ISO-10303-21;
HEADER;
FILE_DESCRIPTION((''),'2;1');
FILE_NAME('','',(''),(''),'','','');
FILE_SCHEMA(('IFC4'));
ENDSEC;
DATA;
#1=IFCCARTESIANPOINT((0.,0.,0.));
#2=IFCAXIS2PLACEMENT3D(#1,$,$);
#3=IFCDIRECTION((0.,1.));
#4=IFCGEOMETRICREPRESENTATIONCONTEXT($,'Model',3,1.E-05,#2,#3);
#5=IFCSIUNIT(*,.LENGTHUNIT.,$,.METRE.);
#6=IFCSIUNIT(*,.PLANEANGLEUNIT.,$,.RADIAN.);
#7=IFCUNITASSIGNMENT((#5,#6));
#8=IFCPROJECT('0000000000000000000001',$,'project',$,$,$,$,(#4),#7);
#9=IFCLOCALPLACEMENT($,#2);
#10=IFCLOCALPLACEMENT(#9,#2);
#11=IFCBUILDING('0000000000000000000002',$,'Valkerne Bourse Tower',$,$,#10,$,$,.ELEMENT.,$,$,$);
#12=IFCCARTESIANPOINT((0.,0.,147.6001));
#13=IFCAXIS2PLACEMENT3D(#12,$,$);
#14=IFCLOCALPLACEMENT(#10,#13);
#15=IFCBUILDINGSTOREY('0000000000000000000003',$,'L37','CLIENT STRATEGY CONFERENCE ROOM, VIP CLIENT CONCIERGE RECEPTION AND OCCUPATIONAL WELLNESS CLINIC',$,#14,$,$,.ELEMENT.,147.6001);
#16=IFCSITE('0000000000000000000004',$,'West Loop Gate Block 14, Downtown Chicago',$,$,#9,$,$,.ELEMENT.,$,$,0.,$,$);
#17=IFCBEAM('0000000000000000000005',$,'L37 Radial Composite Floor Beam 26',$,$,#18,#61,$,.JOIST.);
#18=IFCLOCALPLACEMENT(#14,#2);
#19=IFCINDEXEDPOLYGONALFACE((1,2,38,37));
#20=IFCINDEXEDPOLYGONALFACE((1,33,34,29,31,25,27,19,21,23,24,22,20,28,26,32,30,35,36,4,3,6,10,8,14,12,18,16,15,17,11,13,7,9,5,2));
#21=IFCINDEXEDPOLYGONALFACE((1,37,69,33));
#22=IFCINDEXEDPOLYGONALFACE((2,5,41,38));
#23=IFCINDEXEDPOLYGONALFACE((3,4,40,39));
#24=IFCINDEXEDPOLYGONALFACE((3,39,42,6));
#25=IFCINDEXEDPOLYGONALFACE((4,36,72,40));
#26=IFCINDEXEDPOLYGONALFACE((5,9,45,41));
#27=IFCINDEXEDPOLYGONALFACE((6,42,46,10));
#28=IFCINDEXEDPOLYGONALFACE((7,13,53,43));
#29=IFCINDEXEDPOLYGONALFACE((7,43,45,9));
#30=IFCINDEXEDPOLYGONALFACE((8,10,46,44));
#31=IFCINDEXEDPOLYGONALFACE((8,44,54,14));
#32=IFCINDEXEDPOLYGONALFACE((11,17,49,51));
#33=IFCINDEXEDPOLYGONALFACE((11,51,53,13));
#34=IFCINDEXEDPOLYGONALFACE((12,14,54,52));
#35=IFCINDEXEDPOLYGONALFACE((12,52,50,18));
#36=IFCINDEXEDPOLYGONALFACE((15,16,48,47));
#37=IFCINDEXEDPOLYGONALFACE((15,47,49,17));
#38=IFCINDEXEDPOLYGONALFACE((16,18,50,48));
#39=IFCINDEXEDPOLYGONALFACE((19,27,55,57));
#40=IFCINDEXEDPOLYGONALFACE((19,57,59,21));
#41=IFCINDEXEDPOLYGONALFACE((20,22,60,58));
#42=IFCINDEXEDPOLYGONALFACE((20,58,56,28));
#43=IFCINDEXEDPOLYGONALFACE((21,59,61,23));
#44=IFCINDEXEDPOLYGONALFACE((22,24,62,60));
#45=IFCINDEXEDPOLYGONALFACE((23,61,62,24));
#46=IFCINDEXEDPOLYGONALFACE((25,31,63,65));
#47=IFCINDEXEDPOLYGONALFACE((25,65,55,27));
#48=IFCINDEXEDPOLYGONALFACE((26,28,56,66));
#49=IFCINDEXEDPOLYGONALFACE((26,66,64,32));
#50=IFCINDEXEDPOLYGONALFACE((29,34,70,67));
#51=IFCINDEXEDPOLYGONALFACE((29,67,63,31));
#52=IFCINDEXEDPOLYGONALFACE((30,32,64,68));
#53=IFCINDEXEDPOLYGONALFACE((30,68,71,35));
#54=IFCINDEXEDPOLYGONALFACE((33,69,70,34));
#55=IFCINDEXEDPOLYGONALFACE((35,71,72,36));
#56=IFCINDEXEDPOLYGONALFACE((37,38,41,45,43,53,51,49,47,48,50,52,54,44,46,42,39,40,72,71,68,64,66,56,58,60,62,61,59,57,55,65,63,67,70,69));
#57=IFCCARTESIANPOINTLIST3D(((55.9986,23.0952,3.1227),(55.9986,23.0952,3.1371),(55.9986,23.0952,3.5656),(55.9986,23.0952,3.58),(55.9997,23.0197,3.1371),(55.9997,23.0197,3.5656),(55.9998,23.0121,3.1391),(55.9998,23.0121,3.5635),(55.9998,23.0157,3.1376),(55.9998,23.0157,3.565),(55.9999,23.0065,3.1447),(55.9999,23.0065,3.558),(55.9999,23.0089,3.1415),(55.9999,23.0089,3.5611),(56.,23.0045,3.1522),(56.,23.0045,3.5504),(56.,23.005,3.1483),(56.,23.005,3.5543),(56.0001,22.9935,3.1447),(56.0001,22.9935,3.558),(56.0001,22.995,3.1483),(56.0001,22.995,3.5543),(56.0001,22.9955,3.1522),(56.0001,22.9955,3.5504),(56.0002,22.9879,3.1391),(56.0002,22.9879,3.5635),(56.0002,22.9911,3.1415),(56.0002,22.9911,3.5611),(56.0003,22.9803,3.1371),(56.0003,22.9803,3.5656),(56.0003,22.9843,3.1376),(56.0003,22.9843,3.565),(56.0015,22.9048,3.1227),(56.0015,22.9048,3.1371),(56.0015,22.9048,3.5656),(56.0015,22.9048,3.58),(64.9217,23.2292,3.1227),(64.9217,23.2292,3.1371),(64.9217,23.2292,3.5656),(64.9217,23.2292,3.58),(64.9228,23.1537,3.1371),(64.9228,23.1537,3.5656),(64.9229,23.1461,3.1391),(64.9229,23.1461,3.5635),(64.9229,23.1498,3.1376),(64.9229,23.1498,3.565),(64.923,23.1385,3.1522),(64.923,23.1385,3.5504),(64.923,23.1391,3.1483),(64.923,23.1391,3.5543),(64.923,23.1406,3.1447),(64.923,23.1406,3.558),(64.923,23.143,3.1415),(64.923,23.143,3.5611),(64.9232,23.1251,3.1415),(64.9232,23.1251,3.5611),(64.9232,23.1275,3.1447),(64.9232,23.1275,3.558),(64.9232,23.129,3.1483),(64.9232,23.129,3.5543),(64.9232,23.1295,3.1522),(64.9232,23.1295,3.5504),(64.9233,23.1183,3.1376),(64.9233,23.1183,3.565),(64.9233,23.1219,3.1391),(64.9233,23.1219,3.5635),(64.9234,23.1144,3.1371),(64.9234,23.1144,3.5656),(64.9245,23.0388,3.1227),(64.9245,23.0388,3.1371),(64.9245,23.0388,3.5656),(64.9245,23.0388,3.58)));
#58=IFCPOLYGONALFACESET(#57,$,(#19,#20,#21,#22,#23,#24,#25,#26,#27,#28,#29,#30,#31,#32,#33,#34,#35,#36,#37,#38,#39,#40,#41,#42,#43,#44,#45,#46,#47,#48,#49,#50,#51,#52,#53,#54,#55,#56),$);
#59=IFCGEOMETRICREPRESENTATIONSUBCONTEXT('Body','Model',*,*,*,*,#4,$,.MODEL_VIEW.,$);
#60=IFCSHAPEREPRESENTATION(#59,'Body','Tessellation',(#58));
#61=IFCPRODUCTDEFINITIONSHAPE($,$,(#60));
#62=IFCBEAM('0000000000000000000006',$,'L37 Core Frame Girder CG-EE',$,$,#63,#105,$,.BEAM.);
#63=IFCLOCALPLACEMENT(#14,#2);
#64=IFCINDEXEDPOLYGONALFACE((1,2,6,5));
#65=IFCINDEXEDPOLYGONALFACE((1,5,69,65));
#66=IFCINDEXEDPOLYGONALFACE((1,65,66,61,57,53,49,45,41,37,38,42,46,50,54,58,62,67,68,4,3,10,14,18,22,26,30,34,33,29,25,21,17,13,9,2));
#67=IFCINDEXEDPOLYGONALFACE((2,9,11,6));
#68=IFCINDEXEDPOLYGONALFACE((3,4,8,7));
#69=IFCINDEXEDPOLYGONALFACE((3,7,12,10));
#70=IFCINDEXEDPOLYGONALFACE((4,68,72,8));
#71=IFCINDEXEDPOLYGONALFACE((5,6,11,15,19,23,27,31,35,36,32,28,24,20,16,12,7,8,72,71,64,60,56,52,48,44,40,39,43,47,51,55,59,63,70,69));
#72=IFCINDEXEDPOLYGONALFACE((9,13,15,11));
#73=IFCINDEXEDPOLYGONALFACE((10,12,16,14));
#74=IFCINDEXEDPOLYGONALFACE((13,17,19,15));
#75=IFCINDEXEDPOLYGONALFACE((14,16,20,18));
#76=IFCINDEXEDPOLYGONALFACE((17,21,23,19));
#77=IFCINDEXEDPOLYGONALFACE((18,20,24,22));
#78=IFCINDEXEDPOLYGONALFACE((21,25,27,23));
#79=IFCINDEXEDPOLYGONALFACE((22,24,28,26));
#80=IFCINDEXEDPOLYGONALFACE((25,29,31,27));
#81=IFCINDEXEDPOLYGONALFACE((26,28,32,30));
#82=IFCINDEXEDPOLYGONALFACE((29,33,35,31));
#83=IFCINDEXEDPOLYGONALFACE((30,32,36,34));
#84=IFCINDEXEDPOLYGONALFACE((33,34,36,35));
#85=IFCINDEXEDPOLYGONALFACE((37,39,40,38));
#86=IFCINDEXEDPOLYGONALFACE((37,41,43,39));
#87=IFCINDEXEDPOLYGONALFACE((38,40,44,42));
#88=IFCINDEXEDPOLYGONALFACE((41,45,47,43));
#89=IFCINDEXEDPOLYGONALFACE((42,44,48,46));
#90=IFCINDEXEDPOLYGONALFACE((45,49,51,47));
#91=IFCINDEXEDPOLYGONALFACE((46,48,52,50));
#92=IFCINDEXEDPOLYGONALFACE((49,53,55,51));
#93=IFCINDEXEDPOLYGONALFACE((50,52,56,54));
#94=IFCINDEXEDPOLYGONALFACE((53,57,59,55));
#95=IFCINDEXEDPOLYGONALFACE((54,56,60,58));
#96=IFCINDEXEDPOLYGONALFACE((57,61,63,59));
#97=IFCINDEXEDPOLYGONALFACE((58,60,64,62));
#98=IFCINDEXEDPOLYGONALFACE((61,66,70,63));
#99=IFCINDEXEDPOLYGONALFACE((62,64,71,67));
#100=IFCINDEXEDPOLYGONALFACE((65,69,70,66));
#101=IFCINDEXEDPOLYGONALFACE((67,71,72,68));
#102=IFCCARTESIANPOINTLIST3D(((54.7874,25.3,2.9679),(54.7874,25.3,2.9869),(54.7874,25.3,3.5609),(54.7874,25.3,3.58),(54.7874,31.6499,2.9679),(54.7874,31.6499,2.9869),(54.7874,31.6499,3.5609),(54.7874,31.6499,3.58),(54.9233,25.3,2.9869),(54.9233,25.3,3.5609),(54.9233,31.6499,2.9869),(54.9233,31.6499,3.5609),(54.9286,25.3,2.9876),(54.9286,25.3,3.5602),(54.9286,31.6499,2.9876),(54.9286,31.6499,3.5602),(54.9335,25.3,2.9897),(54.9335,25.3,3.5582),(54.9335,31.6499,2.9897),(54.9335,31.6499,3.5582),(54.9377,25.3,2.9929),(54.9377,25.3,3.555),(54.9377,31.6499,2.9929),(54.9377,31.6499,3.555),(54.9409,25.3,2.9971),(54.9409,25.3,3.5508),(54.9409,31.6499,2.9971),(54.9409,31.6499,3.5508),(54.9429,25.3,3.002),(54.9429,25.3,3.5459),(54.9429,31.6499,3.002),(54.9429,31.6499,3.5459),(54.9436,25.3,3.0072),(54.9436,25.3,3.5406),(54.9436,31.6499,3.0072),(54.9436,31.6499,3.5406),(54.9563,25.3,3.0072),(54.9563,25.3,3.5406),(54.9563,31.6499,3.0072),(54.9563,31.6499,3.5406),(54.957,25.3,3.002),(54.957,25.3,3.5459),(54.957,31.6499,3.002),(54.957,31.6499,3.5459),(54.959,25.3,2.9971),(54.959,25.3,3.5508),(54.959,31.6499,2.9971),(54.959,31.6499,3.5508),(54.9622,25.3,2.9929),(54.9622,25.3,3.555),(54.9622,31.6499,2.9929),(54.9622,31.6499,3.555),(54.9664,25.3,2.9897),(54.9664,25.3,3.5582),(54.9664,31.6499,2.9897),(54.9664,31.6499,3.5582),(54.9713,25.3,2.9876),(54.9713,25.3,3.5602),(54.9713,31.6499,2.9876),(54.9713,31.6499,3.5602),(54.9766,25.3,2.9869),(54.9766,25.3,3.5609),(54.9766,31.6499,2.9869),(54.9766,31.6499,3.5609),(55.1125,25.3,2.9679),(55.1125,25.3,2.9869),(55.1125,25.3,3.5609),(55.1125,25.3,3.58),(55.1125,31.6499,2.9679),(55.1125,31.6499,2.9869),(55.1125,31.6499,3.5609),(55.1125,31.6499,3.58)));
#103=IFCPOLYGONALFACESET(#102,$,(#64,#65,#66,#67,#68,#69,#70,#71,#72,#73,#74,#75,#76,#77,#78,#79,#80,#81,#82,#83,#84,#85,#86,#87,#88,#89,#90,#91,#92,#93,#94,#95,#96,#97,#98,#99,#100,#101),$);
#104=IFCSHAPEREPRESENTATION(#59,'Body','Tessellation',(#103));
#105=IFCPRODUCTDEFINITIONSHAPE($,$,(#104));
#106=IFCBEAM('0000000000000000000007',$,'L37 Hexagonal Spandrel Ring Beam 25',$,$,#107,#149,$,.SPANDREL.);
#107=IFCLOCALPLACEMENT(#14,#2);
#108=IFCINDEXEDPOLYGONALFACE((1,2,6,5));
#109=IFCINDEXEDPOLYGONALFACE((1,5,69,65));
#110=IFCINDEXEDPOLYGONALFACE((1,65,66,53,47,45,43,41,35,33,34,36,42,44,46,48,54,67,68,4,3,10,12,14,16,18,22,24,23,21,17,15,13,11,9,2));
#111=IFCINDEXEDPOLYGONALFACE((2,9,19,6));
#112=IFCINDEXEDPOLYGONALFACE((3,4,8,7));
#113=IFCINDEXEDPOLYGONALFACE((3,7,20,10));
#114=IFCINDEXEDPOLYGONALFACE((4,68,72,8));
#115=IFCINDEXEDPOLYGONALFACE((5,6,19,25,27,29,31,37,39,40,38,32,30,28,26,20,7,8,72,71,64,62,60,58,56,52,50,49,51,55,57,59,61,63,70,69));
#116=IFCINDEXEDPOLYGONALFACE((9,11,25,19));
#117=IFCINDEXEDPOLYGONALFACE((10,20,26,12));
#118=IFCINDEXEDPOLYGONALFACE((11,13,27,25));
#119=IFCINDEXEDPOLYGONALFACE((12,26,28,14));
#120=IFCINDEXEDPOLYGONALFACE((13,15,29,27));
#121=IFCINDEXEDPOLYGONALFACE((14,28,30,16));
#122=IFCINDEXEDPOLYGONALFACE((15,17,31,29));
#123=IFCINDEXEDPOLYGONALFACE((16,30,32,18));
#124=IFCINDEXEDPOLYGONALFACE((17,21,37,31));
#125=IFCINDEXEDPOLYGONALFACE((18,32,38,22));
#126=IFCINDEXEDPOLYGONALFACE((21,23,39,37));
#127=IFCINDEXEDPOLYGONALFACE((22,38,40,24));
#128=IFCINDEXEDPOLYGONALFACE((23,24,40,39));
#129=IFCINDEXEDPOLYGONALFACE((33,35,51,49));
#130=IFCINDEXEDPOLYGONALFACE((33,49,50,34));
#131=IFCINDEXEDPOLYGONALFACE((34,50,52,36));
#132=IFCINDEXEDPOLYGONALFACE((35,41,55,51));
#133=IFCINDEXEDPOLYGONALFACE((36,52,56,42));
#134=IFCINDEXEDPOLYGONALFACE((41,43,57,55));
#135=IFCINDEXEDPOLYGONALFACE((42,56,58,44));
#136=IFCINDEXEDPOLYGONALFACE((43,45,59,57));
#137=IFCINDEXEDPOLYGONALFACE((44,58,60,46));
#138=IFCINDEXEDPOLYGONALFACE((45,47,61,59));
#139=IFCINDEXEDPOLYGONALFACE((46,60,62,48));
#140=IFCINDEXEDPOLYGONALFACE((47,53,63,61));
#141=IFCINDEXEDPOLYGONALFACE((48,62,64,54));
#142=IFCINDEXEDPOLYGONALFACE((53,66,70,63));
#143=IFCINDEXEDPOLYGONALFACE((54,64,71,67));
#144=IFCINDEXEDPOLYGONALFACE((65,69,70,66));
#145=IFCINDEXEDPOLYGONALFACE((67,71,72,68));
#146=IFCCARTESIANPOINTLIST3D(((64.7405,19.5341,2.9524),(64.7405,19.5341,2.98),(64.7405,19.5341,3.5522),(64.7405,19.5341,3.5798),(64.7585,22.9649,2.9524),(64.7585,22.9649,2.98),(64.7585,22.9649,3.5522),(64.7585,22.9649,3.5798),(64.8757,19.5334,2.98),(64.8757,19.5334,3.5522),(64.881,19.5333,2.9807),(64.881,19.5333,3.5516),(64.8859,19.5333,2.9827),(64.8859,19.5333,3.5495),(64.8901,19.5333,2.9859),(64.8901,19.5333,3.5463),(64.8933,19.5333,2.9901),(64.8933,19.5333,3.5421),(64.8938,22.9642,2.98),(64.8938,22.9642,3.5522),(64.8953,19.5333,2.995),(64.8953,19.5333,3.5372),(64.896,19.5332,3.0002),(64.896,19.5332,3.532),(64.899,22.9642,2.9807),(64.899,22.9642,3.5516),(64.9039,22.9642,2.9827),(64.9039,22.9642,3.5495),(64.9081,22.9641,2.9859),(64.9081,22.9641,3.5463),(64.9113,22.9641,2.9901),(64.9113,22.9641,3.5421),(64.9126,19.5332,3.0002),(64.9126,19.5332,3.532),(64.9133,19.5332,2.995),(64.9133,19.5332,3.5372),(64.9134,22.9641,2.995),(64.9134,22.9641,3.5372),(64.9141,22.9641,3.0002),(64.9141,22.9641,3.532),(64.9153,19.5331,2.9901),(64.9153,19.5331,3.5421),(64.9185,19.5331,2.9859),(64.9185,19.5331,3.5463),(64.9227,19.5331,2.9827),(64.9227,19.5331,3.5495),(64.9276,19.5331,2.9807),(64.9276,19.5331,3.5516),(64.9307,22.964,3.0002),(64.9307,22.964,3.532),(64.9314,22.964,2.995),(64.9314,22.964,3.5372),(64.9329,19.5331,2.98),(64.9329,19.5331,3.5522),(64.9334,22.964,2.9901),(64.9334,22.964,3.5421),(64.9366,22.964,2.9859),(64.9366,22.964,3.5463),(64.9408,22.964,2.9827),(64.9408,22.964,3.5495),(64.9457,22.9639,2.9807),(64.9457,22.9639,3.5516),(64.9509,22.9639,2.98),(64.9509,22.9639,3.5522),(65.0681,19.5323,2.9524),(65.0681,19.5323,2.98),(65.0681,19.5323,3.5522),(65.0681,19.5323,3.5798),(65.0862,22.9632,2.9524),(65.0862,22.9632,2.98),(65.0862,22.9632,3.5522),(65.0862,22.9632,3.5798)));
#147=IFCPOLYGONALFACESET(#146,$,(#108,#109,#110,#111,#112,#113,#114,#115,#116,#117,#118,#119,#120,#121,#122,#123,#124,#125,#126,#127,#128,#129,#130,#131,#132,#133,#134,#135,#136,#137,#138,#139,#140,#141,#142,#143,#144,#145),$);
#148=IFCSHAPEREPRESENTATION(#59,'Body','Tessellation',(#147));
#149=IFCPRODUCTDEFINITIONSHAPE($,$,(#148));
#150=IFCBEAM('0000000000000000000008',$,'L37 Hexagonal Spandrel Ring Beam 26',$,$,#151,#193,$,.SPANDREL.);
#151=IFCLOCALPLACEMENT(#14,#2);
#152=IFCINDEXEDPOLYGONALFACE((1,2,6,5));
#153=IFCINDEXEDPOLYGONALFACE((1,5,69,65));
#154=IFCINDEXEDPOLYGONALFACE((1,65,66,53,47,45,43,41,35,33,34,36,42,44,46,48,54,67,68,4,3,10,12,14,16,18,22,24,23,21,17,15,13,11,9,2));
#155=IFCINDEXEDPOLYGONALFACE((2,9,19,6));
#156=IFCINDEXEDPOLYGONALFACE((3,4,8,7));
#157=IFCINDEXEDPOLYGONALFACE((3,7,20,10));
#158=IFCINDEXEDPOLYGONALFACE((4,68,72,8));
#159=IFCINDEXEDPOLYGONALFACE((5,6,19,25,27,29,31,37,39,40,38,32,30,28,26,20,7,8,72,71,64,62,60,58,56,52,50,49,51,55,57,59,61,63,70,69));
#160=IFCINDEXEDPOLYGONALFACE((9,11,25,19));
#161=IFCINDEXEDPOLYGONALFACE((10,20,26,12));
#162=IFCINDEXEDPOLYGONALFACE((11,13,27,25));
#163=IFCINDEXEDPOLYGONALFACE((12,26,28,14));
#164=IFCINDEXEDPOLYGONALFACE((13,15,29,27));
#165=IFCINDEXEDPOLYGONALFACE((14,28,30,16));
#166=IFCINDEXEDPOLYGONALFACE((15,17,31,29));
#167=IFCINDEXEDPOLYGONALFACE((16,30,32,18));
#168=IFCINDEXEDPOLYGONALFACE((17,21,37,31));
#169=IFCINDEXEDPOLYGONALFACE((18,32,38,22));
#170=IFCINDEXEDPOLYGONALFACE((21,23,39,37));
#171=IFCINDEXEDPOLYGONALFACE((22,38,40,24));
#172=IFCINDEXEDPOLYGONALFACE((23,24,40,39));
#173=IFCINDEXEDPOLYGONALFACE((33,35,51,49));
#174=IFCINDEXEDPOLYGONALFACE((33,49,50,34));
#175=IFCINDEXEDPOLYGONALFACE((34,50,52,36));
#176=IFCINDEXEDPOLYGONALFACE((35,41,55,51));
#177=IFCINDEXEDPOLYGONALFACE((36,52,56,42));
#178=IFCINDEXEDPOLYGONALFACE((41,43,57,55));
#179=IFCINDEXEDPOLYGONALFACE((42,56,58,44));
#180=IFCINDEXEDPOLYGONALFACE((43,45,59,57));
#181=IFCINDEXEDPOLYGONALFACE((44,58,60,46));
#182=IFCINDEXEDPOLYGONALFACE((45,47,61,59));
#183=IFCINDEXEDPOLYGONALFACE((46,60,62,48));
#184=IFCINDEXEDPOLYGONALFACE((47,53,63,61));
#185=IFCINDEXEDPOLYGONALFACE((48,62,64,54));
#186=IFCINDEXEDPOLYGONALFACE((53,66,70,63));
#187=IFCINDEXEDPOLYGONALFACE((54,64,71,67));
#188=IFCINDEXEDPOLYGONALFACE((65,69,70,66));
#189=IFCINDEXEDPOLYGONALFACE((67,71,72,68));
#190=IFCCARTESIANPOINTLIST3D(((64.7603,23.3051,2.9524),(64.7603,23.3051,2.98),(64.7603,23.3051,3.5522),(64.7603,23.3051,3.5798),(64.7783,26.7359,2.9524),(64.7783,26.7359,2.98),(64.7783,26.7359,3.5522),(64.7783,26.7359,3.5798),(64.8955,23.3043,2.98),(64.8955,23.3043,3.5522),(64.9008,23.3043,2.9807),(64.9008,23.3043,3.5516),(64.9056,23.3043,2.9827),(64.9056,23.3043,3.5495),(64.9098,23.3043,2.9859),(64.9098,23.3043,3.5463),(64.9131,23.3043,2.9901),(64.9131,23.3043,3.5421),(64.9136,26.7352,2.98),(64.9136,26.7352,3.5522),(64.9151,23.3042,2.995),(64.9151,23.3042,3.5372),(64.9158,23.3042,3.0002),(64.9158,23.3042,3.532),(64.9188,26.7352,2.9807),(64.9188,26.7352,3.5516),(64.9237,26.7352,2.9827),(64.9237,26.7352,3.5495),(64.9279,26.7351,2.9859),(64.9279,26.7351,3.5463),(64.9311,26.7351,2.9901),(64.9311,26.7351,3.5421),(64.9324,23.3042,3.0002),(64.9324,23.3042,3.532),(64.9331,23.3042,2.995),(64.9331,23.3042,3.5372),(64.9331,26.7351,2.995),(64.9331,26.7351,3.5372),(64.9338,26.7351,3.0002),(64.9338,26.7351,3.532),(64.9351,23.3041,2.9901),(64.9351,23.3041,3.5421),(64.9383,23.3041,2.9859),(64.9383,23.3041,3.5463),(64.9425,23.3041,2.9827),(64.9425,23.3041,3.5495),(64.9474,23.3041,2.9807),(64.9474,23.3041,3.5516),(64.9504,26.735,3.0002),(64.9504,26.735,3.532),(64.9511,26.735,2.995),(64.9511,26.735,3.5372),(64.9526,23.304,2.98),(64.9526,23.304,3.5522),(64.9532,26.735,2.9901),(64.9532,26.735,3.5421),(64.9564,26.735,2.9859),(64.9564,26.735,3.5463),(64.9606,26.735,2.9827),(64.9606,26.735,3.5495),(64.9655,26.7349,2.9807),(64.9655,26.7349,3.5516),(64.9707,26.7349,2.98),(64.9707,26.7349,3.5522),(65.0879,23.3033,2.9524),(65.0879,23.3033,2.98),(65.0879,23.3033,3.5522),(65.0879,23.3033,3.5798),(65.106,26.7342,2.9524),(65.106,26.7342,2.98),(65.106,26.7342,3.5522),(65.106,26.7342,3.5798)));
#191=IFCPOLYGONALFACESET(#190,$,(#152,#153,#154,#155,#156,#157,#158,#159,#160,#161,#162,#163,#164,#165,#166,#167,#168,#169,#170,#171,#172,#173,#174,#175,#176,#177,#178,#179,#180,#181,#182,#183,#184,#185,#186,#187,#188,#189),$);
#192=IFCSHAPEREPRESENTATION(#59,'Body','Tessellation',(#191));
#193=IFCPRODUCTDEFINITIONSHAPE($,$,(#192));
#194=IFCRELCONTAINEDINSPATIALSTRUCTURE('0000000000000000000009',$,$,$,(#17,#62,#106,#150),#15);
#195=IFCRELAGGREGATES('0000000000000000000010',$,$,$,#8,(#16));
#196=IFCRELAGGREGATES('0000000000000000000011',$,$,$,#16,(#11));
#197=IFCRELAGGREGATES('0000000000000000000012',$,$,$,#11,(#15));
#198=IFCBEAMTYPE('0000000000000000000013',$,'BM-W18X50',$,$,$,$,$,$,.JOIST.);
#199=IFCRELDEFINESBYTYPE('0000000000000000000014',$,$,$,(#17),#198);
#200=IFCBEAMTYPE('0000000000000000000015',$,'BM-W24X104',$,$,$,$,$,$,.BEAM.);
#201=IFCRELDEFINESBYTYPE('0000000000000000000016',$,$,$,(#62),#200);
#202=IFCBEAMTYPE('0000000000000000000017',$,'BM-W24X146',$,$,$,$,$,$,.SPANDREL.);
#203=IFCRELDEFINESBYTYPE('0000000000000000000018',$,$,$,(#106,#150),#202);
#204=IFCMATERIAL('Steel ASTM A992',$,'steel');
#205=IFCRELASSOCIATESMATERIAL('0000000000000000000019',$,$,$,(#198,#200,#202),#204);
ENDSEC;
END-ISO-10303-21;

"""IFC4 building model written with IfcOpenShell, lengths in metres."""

from ifc_helpers import new_model, si_unit, direction, frame, origin, origin_2d, place, context, subcontext, project, spatial, i_section, extrude, material, material_profile, profile_set, type_object, element, save


model = new_model("IFC4")

# Units and contexts
model_context = context("Model", 3, precision=1e-05, world=origin(), true_north=direction((0.0, 1.0)))
body_context = subcontext(model_context, "Body", "Model", "MODEL_VIEW")
ifc_project = project(units=[si_unit("LENGTHUNIT", "METRE"), si_unit("PLANEANGLEUNIT", "RADIAN")], contexts=[model_context])

# Site, building, storey
site_placement = place(None, origin())
site = spatial("IfcSite", under=ifc_project, at=site_placement, Name="West Loop Gate Block 14, Downtown Chicago", CompositionType="ELEMENT", RefElevation=0.0)
building_placement = place(site_placement, origin())
building = spatial("IfcBuilding", under=site, at=building_placement, Name="Valkerne Bourse Tower", CompositionType="ELEMENT")
storey_placement = place(building_placement, frame((0.0, 0.0, 147.6001)))
storey = spatial("IfcBuildingStorey", under=building, at=storey_placement, Name="L37", Description="CLIENT STRATEGY CONFERENCE ROOM, VIP CLIENT CONCIERGE RECEPTION AND OCCUPATIONAL WELLNESS CLINIC", CompositionType="ELEMENT", Elevation=147.6001)

# Beams
ifc_material_1 = material(Name="Steel ASTM A992", Category="steel")
ifc_material_profile_1 = material_profile(ifc_material_1, i_section(OverallWidth=0.1904, OverallDepth=0.4573, WebThickness=0.009, FlangeThickness=0.0144, FilletRadius=0.0151, at=origin_2d()), Name="W18X50")
ifc_profile_set_1 = profile_set([ifc_material_profile_1], Name="Steel ASTM A992")
beam_type_1 = type_object("IfcBeamType", Name="BM-W18X50", PredefinedType="JOIST", material=ifc_profile_set_1)
beam_1_placement = place(storey_placement, frame((64.9231, 23.134, 3.3513), z_axis=(-0.999887, -0.015019, 0.0), x_axis=(0.015019, -0.999887, 0.0)))
element("IfcBeam", 1, at=beam_1_placement, inside=storey, type_object=beam_type_1, Name="L37 Radial Composite Floor Beam 26", PredefinedType="JOIST", context=body_context, shape_type="SweptSolid", body=[
    extrude(i_section(OverallWidth=0.1904, OverallDepth=0.4573, WebThickness=0.009, FlangeThickness=0.0144, FilletRadius=0.0151, at=origin_2d()), origin(), (0.0, 0.0, 1.0), 8.9241),
])
ifc_material_profile_2 = material_profile(ifc_material_1, i_section(OverallWidth=0.3252, OverallDepth=0.6121, WebThickness=0.0127, FlangeThickness=0.019, FilletRadius=0.0203, at=origin_2d()), Name="W24X104")
ifc_profile_set_2 = profile_set([ifc_material_profile_2], Name="Steel ASTM A992")
beam_type_2 = type_object("IfcBeamType", Name="BM-W24X104", PredefinedType="BEAM", material=ifc_profile_set_2)
beam_2_placement = place(storey_placement, frame((54.95, 25.3, 3.2739), z_axis=(0.0, 1.0, 0.0), x_axis=(-1.0, 0.0, 0.0)))
element("IfcBeam", 2, at=beam_2_placement, inside=storey, type_object=beam_type_2, Name="L37 Core Frame Girder CG-EE", PredefinedType="BEAM", context=body_context, shape_type="SweptSolid", body=[
    extrude(i_section(OverallWidth=0.3252, OverallDepth=0.6121, WebThickness=0.0127, FlangeThickness=0.019, FilletRadius=0.0203, at=origin_2d()), origin(), (0.0, 0.0, 1.0), 6.3499),
])
ifc_material_profile_3 = material_profile(ifc_material_1, i_section(OverallWidth=0.3276, OverallDepth=0.6274, WebThickness=0.0166, FlangeThickness=0.0276, FilletRadius=0.0203, at=origin_2d()), Name="W24X146")
ifc_profile_set_3 = profile_set([ifc_material_profile_3], Name="Steel ASTM A992")
beam_type_3 = type_object("IfcBeamType", Name="BM-W24X146", PredefinedType="SPANDREL", material=ifc_profile_set_3)
for number, where, z_axis, x_axis, name in (
    (3, (64.9043, 19.5332, 3.2661), (0.005266, 0.999986, 0.0), (-0.999986, 0.005266, 0.0), "L37 Hexagonal Spandrel Ring Beam 25"),
    (4, (64.9241, 23.3042, 3.2661), (0.005266, 0.999986, 0.0), (-0.999986, 0.005266, 0.0), "L37 Hexagonal Spandrel Ring Beam 26"),
):
    element("IfcBeam", number, at=place(storey_placement, frame(where, z_axis=z_axis, x_axis=x_axis)), inside=storey, type_object=beam_type_3, Name=name, PredefinedType="SPANDREL", context=body_context, shape_type="SweptSolid", body=[
        extrude(i_section(OverallWidth=0.3276, OverallDepth=0.6274, WebThickness=0.0166, FlangeThickness=0.0276, FilletRadius=0.0203, at=origin_2d()), origin(), (0.0, 0.0, 1.0), 3.4309),
    ])

save(model, "model.ifc")
